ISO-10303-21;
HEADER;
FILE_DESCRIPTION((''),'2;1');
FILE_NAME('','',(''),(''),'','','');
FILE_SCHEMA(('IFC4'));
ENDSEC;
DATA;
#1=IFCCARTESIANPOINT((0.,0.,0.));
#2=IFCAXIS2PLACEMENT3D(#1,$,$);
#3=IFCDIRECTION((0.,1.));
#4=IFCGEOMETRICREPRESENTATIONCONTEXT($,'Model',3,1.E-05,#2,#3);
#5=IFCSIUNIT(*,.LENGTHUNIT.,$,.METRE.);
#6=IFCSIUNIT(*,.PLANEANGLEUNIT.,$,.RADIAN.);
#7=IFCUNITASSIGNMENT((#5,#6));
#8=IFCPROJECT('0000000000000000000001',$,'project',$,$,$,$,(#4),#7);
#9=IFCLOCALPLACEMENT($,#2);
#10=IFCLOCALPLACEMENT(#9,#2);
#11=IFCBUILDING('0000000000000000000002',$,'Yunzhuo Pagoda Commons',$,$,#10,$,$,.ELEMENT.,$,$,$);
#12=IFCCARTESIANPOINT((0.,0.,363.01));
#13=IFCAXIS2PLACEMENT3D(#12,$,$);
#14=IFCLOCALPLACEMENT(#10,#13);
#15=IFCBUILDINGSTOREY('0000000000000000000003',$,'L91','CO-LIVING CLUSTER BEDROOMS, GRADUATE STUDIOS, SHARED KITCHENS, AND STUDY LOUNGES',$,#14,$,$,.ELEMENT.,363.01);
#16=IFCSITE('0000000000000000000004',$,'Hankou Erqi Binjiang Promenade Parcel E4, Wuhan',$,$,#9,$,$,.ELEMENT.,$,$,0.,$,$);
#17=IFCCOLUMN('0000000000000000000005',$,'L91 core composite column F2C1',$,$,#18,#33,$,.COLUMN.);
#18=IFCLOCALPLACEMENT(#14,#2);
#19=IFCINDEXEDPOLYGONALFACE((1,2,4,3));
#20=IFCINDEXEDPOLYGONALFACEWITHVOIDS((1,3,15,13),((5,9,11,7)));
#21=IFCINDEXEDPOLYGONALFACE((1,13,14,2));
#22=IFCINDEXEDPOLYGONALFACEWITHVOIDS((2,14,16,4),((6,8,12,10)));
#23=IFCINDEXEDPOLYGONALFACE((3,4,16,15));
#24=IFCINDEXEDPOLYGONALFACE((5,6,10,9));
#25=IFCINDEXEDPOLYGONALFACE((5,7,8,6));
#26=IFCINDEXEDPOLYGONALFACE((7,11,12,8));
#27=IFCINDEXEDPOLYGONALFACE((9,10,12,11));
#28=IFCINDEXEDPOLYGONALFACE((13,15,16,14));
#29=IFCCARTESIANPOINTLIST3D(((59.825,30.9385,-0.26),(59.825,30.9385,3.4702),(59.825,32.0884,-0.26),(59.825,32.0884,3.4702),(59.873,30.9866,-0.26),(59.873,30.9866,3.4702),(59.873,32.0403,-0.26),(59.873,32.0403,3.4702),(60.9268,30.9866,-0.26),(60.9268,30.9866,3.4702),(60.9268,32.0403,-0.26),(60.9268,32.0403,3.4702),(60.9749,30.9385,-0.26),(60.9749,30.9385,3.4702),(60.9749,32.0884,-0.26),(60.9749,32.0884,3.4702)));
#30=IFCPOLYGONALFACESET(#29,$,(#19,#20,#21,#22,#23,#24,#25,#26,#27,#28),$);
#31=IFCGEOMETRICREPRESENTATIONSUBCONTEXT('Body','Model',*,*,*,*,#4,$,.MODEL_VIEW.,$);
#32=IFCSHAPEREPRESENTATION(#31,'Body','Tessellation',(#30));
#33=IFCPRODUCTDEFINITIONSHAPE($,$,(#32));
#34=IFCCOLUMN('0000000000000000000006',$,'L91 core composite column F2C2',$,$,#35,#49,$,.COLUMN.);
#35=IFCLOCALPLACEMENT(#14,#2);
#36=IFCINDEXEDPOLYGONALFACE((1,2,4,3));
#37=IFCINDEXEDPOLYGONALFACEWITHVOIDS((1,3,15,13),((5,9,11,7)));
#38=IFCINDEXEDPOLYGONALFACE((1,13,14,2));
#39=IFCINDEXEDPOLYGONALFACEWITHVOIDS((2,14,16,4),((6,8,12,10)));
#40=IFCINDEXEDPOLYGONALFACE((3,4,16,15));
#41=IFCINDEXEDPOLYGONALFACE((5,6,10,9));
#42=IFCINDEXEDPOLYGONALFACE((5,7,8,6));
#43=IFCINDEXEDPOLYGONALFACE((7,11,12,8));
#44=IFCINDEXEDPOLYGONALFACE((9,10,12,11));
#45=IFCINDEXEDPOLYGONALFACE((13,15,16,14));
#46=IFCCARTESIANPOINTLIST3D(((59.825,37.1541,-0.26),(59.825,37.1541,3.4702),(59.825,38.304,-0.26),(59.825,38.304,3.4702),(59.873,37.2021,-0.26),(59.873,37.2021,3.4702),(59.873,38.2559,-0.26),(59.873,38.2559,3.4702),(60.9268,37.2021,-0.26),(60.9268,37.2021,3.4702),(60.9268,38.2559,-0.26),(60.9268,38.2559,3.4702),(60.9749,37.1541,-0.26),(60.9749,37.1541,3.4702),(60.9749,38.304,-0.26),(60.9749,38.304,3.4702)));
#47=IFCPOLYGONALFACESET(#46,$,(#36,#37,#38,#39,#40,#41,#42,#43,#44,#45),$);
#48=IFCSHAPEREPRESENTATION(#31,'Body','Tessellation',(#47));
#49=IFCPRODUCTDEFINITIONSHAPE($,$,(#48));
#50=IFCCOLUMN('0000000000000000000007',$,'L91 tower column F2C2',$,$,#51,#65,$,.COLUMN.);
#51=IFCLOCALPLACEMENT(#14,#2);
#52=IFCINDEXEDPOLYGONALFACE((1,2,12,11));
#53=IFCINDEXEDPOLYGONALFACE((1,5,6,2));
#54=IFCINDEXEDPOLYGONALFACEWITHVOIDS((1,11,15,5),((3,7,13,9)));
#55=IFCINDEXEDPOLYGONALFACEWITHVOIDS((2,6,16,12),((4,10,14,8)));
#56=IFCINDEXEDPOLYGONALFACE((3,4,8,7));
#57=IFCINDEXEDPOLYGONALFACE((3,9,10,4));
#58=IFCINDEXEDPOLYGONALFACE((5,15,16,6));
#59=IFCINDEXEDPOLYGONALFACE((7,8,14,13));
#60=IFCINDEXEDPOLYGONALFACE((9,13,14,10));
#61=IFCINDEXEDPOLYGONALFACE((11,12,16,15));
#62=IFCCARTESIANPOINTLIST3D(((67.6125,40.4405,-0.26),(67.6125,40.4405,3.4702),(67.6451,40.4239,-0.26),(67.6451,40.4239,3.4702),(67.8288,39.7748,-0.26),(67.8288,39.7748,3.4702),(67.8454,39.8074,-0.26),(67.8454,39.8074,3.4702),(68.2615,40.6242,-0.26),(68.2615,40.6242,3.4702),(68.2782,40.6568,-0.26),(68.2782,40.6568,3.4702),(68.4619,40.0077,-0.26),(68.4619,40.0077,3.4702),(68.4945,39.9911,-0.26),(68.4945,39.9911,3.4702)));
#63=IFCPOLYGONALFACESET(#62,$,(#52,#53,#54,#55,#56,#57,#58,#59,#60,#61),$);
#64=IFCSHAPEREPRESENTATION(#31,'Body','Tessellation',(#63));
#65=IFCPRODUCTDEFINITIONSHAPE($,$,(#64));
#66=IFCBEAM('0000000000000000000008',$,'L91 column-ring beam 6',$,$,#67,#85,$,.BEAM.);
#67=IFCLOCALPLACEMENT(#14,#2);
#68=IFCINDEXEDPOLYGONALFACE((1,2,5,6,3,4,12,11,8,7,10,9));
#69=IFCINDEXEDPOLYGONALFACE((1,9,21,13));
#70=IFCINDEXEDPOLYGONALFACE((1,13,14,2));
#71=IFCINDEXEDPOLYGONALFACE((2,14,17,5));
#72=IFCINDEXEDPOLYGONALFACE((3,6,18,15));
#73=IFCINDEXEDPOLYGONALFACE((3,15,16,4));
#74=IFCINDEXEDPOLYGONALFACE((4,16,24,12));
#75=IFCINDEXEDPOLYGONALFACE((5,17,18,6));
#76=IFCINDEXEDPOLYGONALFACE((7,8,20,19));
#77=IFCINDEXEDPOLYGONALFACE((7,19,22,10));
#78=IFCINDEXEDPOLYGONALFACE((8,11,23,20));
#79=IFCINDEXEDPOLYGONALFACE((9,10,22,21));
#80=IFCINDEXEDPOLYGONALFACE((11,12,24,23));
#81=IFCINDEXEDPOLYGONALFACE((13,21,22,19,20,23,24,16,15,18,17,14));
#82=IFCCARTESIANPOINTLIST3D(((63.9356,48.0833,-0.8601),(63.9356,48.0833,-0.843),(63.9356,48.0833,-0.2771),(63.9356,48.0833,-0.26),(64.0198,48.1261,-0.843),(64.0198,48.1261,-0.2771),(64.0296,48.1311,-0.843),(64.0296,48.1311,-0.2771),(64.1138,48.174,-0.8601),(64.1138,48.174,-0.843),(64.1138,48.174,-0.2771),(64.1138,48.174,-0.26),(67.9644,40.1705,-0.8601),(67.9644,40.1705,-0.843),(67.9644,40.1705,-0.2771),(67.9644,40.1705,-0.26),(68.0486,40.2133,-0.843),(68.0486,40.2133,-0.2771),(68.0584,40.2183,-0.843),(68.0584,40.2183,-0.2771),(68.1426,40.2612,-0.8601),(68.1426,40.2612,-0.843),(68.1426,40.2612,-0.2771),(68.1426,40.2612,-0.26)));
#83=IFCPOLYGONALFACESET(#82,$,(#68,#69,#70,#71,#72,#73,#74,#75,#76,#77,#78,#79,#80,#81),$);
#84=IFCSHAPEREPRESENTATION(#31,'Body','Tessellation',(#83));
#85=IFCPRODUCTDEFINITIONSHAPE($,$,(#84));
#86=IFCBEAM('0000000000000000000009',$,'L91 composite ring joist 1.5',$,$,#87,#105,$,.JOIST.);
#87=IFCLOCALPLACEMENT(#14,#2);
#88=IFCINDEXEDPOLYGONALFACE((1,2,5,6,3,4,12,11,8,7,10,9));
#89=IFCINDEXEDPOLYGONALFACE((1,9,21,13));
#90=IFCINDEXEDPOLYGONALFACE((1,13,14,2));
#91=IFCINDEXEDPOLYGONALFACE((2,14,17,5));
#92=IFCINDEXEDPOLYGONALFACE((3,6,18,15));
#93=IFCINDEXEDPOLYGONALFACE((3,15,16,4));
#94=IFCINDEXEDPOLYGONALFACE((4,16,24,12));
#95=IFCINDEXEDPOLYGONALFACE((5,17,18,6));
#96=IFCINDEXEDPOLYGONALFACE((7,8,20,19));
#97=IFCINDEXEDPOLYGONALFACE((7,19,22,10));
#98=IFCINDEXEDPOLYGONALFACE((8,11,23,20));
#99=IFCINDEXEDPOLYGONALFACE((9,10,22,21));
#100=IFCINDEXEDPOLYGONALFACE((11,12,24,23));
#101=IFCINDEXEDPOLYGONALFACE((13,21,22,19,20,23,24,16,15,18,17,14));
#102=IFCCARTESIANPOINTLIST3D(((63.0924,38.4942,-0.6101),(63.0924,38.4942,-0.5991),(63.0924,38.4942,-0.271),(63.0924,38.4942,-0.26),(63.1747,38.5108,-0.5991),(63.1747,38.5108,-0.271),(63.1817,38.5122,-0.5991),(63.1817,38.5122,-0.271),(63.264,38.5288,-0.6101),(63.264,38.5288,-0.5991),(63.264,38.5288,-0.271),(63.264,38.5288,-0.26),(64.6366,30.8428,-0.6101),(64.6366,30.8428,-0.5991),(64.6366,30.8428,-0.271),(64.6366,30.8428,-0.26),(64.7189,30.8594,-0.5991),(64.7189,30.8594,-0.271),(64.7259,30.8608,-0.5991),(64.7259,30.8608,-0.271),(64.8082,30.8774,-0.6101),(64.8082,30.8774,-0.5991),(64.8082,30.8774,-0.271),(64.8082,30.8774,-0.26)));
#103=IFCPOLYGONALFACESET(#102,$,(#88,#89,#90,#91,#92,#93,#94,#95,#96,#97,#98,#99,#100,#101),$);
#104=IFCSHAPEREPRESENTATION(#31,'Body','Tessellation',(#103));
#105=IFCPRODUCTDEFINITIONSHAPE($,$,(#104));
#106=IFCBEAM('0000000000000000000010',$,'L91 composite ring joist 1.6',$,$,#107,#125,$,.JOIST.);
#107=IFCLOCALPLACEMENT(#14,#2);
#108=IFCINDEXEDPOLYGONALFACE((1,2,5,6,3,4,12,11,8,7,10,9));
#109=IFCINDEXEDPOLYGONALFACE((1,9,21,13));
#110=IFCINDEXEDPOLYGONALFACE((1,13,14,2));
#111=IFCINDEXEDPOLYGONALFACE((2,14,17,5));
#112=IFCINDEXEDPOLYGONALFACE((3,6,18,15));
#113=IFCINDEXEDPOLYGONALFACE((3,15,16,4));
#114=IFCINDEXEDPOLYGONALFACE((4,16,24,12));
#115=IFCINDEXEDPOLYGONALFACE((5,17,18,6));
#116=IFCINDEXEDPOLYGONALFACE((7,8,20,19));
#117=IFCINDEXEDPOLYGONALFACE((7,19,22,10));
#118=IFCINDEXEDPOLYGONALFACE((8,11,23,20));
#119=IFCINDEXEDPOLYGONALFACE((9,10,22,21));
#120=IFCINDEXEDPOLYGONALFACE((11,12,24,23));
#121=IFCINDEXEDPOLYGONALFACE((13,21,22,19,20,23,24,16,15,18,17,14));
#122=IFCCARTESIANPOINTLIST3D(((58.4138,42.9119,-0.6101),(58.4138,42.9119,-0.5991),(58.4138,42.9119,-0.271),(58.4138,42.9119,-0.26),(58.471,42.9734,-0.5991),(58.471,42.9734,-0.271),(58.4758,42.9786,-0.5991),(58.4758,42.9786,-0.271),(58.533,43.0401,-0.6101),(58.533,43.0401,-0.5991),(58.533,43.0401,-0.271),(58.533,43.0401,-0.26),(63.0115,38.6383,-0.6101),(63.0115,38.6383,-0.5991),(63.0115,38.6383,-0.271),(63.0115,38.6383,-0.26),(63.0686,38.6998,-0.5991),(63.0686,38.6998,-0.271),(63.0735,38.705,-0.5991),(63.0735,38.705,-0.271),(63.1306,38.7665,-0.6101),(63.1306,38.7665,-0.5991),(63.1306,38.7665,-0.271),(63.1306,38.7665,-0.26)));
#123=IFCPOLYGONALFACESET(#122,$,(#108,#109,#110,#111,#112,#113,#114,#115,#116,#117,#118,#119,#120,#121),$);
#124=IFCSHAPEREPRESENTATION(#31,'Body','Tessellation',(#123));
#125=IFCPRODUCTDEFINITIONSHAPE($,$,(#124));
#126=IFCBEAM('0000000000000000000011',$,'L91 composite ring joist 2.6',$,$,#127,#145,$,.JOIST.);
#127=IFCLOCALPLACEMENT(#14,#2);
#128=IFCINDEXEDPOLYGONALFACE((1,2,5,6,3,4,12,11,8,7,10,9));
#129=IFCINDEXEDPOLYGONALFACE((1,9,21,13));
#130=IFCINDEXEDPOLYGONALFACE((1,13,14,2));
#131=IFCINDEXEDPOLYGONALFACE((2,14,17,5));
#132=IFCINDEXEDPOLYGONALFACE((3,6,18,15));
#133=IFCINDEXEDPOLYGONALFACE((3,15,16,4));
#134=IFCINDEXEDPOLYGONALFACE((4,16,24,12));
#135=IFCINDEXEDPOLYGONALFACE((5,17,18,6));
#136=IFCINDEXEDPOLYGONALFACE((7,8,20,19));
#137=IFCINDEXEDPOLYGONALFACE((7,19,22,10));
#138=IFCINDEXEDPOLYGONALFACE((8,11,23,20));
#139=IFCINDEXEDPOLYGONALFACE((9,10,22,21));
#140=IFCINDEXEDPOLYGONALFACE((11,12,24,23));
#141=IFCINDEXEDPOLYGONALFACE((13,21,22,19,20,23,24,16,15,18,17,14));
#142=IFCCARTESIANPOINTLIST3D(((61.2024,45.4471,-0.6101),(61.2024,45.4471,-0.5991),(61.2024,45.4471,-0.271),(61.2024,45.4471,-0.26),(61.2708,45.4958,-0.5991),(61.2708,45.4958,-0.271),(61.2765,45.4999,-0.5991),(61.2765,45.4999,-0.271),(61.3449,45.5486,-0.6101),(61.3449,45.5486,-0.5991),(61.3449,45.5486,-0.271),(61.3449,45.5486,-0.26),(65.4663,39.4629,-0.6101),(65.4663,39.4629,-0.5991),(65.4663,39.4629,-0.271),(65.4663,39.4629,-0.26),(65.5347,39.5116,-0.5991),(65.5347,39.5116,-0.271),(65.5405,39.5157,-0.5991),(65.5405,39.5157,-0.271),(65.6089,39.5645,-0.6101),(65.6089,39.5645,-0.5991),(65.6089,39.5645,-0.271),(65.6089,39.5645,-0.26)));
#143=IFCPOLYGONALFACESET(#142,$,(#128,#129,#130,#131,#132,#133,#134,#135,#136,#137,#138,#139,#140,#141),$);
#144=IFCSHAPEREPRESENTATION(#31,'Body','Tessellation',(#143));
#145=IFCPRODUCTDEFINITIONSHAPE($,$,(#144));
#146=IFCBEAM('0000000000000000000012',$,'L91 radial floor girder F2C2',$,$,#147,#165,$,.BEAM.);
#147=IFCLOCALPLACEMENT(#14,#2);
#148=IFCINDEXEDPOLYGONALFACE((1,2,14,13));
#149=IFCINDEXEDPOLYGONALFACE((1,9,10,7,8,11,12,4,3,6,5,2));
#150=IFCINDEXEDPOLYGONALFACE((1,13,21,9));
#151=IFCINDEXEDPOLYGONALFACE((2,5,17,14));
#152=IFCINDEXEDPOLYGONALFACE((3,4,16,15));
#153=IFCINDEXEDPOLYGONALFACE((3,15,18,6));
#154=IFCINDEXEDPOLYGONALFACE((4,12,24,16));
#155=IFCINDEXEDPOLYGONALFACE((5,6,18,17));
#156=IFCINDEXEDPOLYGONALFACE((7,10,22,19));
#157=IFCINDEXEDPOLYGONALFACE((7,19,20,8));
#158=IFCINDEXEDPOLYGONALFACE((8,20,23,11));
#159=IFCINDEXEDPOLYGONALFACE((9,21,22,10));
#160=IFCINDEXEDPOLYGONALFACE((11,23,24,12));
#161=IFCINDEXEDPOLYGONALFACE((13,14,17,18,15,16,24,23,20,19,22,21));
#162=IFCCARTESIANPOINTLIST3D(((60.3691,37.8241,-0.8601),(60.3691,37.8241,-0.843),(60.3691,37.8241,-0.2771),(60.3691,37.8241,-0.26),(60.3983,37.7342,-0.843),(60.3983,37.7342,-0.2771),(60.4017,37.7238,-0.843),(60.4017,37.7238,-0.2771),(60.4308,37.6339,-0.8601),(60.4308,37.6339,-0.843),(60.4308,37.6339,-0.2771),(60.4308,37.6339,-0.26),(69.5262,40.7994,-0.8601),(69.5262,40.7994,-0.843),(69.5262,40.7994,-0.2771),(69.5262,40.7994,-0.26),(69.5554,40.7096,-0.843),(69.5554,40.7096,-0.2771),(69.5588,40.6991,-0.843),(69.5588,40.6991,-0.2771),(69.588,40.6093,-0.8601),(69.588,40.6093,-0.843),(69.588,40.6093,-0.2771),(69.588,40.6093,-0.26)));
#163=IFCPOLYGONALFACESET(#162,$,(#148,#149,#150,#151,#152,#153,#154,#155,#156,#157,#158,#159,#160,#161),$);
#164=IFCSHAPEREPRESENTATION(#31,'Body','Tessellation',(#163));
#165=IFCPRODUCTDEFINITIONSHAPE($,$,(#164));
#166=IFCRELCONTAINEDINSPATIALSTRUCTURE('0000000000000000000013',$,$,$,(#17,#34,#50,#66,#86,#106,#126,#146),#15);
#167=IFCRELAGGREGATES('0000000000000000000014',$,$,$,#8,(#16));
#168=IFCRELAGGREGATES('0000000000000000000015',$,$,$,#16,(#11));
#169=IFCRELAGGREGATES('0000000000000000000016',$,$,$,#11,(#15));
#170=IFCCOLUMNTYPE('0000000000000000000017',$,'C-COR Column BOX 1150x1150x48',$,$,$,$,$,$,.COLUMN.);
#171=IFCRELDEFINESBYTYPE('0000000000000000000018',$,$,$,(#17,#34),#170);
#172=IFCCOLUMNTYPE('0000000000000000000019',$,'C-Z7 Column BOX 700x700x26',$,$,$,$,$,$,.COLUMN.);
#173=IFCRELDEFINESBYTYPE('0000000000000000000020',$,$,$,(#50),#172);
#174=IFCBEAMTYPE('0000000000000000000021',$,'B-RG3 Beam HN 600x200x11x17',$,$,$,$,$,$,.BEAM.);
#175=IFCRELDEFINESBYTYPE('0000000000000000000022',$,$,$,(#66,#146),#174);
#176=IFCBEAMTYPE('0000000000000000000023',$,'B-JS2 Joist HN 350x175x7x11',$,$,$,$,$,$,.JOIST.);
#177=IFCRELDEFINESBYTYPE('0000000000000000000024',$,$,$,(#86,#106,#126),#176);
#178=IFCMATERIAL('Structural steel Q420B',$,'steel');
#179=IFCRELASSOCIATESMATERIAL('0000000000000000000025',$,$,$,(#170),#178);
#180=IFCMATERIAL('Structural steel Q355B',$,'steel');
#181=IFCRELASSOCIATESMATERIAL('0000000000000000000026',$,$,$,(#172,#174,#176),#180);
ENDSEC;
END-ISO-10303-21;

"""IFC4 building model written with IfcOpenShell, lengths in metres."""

from ifc_helpers import new_model, si_unit, direction, frame, origin, origin_2d, place, context, subcontext, project, spatial, hollow_rectangle, i_section, extrude, source, transform, mapped, material, material_profile, profile_set, type_object, element, save


model = new_model("IFC4")

# Units and contexts
model_context = context("Model", 3, precision=1e-05, world=origin(), true_north=direction((0.0, 1.0)))
body_context = subcontext(model_context, "Body", "Model", "MODEL_VIEW")
ifc_project = project(units=[si_unit("LENGTHUNIT", "METRE"), si_unit("PLANEANGLEUNIT", "RADIAN")], contexts=[model_context])

# Site, building, storey
site_placement = place(None, origin())
site = spatial("IfcSite", under=ifc_project, at=site_placement, Name="Hankou Erqi Binjiang Promenade Parcel E4, Wuhan", CompositionType="ELEMENT", RefElevation=0.0)
building_placement = place(site_placement, origin())
building = spatial("IfcBuilding", under=site, at=building_placement, Name="Yunzhuo Pagoda Commons", CompositionType="ELEMENT")
storey_placement = place(building_placement, frame((0.0, 0.0, 363.01)))
storey = spatial("IfcBuildingStorey", under=building, at=storey_placement, Name="L91", Description="CO-LIVING CLUSTER BEDROOMS, GRADUATE STUDIOS, SHARED KITCHENS, AND STUDY LOUNGES", CompositionType="ELEMENT", Elevation=363.01)

# Columns
ifc_material_1 = material(Name="Structural steel Q420B", Category="steel")
ifc_material_profile_1 = material_profile(ifc_material_1, hollow_rectangle(XDim=1.1499, YDim=1.1499, WallThickness=0.0481, at=origin_2d()), Name="Structural steel Q420B")
ifc_profile_set_1 = profile_set([ifc_material_profile_1], Name="Structural steel Q420B")
column_type_1 = type_object("IfcColumnType", Name="C-COR Column BOX 1150x1150x48", PredefinedType="COLUMN", material=ifc_profile_set_1)
shared_shape_1 = source(origin(), body_context, "Body", "SweptSolid", [
    extrude(hollow_rectangle(XDim=1.1499, YDim=1.1499, WallThickness=0.0481, at=origin_2d()), origin(), (0.0, 0.0, 1.0), 3.7302),
])
for number, where, z_axis, x_axis, name in (
    (1, (60.3999, 31.5134, -0.26), (0.0, 0.0, 1.0), (1.0, 0.0, 0.0), "L91 core composite column F2C1"),
    (2, (60.3999, 37.729, -0.26), (0.0, 0.0, 1.0), (1.0, 0.0, 0.0), "L91 core composite column F2C2"),
):
    element("IfcColumn", number, at=place(storey_placement, frame(where, z_axis=z_axis, x_axis=x_axis)), inside=storey, type_object=column_type_1, Name=name, PredefinedType="COLUMN", context=body_context, shape_type="MappedRepresentation", body=[
        mapped(shared_shape_1, transform((0.0, 0.0, 0.0), scale=1.0)),
    ])
ifc_material_2 = material(Name="Structural steel Q355B", Category="steel")
ifc_material_profile_2 = material_profile(ifc_material_2, hollow_rectangle(XDim=0.7, YDim=0.7, WallThickness=0.0259, at=origin_2d()), Name="Structural steel Q355B")
ifc_profile_set_2 = profile_set([ifc_material_profile_2], Name="Structural steel Q355B")
column_type_2 = type_object("IfcColumnType", Name="C-Z7 Column BOX 700x700x26", PredefinedType="COLUMN", material=ifc_profile_set_2)
shared_shape_2 = source(origin(), body_context, "Body", "SweptSolid", [
    extrude(hollow_rectangle(XDim=0.7, YDim=0.7, WallThickness=0.0259, at=origin_2d()), origin(), (0.0, 0.0, 1.0), 3.7302),
])
column_placement = place(storey_placement, frame((68.0535, 40.2158, -0.26), z_axis=(0.0, 0.0, 1.0), x_axis=(-0.309017, 0.951057, 0.0)))
element("IfcColumn", 3, at=column_placement, inside=storey, type_object=column_type_2, Name="L91 tower column F2C2", PredefinedType="COLUMN", context=body_context, shape_type="MappedRepresentation", body=[
    mapped(shared_shape_2, transform((0.0, 0.0, 0.0), scale=1.0)),
])

# Beams
ifc_material_profile_3 = material_profile(ifc_material_2, i_section(OverallWidth=0.2, OverallDepth=0.6001, WebThickness=0.011, FlangeThickness=0.0171, at=origin_2d()), Name="Structural steel Q355B")
ifc_profile_set_3 = profile_set([ifc_material_profile_3], Name="Structural steel Q355B")
beam_type_1 = type_object("IfcBeamType", Name="B-RG3 Beam HN 600x200x11x17", PredefinedType="BEAM", material=ifc_profile_set_3)
shared_shape_3 = source(origin(), body_context, "Body", "SweptSolid", [
    extrude(i_section(OverallWidth=0.2, OverallDepth=0.6001, WebThickness=0.011, FlangeThickness=0.0171, at=origin_2d()), origin(), (0.0, 0.0, 1.0), 8.8794),
])
beam_1_placement = place(storey_placement, frame((68.0535, 40.2158, -0.5601), z_axis=(-0.453724, 0.891142, 0.0), x_axis=(-0.891142, -0.453724, 0.0)))
element("IfcBeam", 4, at=beam_1_placement, inside=storey, type_object=beam_type_1, Name="L91 column-ring beam 6", PredefinedType="BEAM", context=body_context, shape_type="MappedRepresentation", body=[
    mapped(shared_shape_3, transform((0.0, 0.0, 0.0), scale=1.0)),
])
ifc_material_profile_4 = material_profile(ifc_material_2, i_section(OverallWidth=0.175, OverallDepth=0.3501, WebThickness=0.0071, FlangeThickness=0.011, at=origin_2d()), Name="Structural steel Q355B")
ifc_profile_set_4 = profile_set([ifc_material_profile_4], Name="Structural steel Q355B")
beam_type_2 = type_object("IfcBeamType", Name="B-JS2 Joist HN 350x175x7x11", PredefinedType="JOIST", material=ifc_profile_set_4)
shared_shape_4 = source(origin(), body_context, "Body", "SweptSolid", [
    extrude(i_section(OverallWidth=0.175, OverallDepth=0.3501, WebThickness=0.0071, FlangeThickness=0.011, at=origin_2d()), origin(), (0.0, 0.0, 1.0), 7.8057),
])
beam_2_placement = place(storey_placement, frame((64.7224, 30.8601, -0.4351), z_axis=(-0.19783, 0.980236, 0.0), x_axis=(-0.980236, -0.19783, 0.0)))
element("IfcBeam", 5, at=beam_2_placement, inside=storey, type_object=beam_type_2, Name="L91 composite ring joist 1.5", PredefinedType="JOIST", context=body_context, shape_type="MappedRepresentation", body=[
    mapped(shared_shape_4, transform((0.0, 0.0, 0.0), scale=1.0)),
])
shared_shape_5 = source(origin(), body_context, "Body", "SweptSolid", [
    extrude(i_section(OverallWidth=0.175, OverallDepth=0.3501, WebThickness=0.0071, FlangeThickness=0.011, at=origin_2d()), origin(), (0.0, 0.0, 1.0), 6.2771),
])
beam_3_placement = place(storey_placement, frame((63.071, 38.7024, -0.4351), z_axis=(-0.732442, 0.68083, 0.0), x_axis=(-0.68083, -0.732442, 0.0)))
element("IfcBeam", 6, at=beam_3_placement, inside=storey, type_object=beam_type_2, Name="L91 composite ring joist 1.6", PredefinedType="JOIST", context=body_context, shape_type="MappedRepresentation", body=[
    mapped(shared_shape_5, transform((0.0, 0.0, 0.0), scale=1.0)),
])
shared_shape_6 = source(origin(), body_context, "Body", "SweptSolid", [
    extrude(i_section(OverallWidth=0.175, OverallDepth=0.3501, WebThickness=0.0071, FlangeThickness=0.011, at=origin_2d()), origin(), (0.0, 0.0, 1.0), 7.3479),
])
beam_4_placement = place(storey_placement, frame((65.5376, 39.5137, -0.4351), z_axis=(-0.580295, 0.814406, 0.0), x_axis=(-0.814406, -0.580295, 0.0)))
element("IfcBeam", 7, at=beam_4_placement, inside=storey, type_object=beam_type_2, Name="L91 composite ring joist 2.6", PredefinedType="JOIST", context=body_context, shape_type="MappedRepresentation", body=[
    mapped(shared_shape_6, transform((0.0, 0.0, 0.0), scale=1.0)),
])
shared_shape_7 = source(origin(), body_context, "Body", "SweptSolid", [
    extrude(i_section(OverallWidth=0.2, OverallDepth=0.6001, WebThickness=0.011, FlangeThickness=0.0171, at=origin_2d()), origin(), (0.0, 0.0, 1.0), 9.6284),
])
beam_5_placement = place(storey_placement, frame((69.5571, 40.7043, -0.5601), z_axis=(-0.951057, -0.309015, 0.0), x_axis=(0.309015, -0.951057, 0.0)))
element("IfcBeam", 8, at=beam_5_placement, inside=storey, type_object=beam_type_1, Name="L91 radial floor girder F2C2", PredefinedType="BEAM", context=body_context, shape_type="MappedRepresentation", body=[
    mapped(shared_shape_7, transform((0.0, 0.0, 0.0), scale=1.0)),
])

save(model, "model.ifc")
